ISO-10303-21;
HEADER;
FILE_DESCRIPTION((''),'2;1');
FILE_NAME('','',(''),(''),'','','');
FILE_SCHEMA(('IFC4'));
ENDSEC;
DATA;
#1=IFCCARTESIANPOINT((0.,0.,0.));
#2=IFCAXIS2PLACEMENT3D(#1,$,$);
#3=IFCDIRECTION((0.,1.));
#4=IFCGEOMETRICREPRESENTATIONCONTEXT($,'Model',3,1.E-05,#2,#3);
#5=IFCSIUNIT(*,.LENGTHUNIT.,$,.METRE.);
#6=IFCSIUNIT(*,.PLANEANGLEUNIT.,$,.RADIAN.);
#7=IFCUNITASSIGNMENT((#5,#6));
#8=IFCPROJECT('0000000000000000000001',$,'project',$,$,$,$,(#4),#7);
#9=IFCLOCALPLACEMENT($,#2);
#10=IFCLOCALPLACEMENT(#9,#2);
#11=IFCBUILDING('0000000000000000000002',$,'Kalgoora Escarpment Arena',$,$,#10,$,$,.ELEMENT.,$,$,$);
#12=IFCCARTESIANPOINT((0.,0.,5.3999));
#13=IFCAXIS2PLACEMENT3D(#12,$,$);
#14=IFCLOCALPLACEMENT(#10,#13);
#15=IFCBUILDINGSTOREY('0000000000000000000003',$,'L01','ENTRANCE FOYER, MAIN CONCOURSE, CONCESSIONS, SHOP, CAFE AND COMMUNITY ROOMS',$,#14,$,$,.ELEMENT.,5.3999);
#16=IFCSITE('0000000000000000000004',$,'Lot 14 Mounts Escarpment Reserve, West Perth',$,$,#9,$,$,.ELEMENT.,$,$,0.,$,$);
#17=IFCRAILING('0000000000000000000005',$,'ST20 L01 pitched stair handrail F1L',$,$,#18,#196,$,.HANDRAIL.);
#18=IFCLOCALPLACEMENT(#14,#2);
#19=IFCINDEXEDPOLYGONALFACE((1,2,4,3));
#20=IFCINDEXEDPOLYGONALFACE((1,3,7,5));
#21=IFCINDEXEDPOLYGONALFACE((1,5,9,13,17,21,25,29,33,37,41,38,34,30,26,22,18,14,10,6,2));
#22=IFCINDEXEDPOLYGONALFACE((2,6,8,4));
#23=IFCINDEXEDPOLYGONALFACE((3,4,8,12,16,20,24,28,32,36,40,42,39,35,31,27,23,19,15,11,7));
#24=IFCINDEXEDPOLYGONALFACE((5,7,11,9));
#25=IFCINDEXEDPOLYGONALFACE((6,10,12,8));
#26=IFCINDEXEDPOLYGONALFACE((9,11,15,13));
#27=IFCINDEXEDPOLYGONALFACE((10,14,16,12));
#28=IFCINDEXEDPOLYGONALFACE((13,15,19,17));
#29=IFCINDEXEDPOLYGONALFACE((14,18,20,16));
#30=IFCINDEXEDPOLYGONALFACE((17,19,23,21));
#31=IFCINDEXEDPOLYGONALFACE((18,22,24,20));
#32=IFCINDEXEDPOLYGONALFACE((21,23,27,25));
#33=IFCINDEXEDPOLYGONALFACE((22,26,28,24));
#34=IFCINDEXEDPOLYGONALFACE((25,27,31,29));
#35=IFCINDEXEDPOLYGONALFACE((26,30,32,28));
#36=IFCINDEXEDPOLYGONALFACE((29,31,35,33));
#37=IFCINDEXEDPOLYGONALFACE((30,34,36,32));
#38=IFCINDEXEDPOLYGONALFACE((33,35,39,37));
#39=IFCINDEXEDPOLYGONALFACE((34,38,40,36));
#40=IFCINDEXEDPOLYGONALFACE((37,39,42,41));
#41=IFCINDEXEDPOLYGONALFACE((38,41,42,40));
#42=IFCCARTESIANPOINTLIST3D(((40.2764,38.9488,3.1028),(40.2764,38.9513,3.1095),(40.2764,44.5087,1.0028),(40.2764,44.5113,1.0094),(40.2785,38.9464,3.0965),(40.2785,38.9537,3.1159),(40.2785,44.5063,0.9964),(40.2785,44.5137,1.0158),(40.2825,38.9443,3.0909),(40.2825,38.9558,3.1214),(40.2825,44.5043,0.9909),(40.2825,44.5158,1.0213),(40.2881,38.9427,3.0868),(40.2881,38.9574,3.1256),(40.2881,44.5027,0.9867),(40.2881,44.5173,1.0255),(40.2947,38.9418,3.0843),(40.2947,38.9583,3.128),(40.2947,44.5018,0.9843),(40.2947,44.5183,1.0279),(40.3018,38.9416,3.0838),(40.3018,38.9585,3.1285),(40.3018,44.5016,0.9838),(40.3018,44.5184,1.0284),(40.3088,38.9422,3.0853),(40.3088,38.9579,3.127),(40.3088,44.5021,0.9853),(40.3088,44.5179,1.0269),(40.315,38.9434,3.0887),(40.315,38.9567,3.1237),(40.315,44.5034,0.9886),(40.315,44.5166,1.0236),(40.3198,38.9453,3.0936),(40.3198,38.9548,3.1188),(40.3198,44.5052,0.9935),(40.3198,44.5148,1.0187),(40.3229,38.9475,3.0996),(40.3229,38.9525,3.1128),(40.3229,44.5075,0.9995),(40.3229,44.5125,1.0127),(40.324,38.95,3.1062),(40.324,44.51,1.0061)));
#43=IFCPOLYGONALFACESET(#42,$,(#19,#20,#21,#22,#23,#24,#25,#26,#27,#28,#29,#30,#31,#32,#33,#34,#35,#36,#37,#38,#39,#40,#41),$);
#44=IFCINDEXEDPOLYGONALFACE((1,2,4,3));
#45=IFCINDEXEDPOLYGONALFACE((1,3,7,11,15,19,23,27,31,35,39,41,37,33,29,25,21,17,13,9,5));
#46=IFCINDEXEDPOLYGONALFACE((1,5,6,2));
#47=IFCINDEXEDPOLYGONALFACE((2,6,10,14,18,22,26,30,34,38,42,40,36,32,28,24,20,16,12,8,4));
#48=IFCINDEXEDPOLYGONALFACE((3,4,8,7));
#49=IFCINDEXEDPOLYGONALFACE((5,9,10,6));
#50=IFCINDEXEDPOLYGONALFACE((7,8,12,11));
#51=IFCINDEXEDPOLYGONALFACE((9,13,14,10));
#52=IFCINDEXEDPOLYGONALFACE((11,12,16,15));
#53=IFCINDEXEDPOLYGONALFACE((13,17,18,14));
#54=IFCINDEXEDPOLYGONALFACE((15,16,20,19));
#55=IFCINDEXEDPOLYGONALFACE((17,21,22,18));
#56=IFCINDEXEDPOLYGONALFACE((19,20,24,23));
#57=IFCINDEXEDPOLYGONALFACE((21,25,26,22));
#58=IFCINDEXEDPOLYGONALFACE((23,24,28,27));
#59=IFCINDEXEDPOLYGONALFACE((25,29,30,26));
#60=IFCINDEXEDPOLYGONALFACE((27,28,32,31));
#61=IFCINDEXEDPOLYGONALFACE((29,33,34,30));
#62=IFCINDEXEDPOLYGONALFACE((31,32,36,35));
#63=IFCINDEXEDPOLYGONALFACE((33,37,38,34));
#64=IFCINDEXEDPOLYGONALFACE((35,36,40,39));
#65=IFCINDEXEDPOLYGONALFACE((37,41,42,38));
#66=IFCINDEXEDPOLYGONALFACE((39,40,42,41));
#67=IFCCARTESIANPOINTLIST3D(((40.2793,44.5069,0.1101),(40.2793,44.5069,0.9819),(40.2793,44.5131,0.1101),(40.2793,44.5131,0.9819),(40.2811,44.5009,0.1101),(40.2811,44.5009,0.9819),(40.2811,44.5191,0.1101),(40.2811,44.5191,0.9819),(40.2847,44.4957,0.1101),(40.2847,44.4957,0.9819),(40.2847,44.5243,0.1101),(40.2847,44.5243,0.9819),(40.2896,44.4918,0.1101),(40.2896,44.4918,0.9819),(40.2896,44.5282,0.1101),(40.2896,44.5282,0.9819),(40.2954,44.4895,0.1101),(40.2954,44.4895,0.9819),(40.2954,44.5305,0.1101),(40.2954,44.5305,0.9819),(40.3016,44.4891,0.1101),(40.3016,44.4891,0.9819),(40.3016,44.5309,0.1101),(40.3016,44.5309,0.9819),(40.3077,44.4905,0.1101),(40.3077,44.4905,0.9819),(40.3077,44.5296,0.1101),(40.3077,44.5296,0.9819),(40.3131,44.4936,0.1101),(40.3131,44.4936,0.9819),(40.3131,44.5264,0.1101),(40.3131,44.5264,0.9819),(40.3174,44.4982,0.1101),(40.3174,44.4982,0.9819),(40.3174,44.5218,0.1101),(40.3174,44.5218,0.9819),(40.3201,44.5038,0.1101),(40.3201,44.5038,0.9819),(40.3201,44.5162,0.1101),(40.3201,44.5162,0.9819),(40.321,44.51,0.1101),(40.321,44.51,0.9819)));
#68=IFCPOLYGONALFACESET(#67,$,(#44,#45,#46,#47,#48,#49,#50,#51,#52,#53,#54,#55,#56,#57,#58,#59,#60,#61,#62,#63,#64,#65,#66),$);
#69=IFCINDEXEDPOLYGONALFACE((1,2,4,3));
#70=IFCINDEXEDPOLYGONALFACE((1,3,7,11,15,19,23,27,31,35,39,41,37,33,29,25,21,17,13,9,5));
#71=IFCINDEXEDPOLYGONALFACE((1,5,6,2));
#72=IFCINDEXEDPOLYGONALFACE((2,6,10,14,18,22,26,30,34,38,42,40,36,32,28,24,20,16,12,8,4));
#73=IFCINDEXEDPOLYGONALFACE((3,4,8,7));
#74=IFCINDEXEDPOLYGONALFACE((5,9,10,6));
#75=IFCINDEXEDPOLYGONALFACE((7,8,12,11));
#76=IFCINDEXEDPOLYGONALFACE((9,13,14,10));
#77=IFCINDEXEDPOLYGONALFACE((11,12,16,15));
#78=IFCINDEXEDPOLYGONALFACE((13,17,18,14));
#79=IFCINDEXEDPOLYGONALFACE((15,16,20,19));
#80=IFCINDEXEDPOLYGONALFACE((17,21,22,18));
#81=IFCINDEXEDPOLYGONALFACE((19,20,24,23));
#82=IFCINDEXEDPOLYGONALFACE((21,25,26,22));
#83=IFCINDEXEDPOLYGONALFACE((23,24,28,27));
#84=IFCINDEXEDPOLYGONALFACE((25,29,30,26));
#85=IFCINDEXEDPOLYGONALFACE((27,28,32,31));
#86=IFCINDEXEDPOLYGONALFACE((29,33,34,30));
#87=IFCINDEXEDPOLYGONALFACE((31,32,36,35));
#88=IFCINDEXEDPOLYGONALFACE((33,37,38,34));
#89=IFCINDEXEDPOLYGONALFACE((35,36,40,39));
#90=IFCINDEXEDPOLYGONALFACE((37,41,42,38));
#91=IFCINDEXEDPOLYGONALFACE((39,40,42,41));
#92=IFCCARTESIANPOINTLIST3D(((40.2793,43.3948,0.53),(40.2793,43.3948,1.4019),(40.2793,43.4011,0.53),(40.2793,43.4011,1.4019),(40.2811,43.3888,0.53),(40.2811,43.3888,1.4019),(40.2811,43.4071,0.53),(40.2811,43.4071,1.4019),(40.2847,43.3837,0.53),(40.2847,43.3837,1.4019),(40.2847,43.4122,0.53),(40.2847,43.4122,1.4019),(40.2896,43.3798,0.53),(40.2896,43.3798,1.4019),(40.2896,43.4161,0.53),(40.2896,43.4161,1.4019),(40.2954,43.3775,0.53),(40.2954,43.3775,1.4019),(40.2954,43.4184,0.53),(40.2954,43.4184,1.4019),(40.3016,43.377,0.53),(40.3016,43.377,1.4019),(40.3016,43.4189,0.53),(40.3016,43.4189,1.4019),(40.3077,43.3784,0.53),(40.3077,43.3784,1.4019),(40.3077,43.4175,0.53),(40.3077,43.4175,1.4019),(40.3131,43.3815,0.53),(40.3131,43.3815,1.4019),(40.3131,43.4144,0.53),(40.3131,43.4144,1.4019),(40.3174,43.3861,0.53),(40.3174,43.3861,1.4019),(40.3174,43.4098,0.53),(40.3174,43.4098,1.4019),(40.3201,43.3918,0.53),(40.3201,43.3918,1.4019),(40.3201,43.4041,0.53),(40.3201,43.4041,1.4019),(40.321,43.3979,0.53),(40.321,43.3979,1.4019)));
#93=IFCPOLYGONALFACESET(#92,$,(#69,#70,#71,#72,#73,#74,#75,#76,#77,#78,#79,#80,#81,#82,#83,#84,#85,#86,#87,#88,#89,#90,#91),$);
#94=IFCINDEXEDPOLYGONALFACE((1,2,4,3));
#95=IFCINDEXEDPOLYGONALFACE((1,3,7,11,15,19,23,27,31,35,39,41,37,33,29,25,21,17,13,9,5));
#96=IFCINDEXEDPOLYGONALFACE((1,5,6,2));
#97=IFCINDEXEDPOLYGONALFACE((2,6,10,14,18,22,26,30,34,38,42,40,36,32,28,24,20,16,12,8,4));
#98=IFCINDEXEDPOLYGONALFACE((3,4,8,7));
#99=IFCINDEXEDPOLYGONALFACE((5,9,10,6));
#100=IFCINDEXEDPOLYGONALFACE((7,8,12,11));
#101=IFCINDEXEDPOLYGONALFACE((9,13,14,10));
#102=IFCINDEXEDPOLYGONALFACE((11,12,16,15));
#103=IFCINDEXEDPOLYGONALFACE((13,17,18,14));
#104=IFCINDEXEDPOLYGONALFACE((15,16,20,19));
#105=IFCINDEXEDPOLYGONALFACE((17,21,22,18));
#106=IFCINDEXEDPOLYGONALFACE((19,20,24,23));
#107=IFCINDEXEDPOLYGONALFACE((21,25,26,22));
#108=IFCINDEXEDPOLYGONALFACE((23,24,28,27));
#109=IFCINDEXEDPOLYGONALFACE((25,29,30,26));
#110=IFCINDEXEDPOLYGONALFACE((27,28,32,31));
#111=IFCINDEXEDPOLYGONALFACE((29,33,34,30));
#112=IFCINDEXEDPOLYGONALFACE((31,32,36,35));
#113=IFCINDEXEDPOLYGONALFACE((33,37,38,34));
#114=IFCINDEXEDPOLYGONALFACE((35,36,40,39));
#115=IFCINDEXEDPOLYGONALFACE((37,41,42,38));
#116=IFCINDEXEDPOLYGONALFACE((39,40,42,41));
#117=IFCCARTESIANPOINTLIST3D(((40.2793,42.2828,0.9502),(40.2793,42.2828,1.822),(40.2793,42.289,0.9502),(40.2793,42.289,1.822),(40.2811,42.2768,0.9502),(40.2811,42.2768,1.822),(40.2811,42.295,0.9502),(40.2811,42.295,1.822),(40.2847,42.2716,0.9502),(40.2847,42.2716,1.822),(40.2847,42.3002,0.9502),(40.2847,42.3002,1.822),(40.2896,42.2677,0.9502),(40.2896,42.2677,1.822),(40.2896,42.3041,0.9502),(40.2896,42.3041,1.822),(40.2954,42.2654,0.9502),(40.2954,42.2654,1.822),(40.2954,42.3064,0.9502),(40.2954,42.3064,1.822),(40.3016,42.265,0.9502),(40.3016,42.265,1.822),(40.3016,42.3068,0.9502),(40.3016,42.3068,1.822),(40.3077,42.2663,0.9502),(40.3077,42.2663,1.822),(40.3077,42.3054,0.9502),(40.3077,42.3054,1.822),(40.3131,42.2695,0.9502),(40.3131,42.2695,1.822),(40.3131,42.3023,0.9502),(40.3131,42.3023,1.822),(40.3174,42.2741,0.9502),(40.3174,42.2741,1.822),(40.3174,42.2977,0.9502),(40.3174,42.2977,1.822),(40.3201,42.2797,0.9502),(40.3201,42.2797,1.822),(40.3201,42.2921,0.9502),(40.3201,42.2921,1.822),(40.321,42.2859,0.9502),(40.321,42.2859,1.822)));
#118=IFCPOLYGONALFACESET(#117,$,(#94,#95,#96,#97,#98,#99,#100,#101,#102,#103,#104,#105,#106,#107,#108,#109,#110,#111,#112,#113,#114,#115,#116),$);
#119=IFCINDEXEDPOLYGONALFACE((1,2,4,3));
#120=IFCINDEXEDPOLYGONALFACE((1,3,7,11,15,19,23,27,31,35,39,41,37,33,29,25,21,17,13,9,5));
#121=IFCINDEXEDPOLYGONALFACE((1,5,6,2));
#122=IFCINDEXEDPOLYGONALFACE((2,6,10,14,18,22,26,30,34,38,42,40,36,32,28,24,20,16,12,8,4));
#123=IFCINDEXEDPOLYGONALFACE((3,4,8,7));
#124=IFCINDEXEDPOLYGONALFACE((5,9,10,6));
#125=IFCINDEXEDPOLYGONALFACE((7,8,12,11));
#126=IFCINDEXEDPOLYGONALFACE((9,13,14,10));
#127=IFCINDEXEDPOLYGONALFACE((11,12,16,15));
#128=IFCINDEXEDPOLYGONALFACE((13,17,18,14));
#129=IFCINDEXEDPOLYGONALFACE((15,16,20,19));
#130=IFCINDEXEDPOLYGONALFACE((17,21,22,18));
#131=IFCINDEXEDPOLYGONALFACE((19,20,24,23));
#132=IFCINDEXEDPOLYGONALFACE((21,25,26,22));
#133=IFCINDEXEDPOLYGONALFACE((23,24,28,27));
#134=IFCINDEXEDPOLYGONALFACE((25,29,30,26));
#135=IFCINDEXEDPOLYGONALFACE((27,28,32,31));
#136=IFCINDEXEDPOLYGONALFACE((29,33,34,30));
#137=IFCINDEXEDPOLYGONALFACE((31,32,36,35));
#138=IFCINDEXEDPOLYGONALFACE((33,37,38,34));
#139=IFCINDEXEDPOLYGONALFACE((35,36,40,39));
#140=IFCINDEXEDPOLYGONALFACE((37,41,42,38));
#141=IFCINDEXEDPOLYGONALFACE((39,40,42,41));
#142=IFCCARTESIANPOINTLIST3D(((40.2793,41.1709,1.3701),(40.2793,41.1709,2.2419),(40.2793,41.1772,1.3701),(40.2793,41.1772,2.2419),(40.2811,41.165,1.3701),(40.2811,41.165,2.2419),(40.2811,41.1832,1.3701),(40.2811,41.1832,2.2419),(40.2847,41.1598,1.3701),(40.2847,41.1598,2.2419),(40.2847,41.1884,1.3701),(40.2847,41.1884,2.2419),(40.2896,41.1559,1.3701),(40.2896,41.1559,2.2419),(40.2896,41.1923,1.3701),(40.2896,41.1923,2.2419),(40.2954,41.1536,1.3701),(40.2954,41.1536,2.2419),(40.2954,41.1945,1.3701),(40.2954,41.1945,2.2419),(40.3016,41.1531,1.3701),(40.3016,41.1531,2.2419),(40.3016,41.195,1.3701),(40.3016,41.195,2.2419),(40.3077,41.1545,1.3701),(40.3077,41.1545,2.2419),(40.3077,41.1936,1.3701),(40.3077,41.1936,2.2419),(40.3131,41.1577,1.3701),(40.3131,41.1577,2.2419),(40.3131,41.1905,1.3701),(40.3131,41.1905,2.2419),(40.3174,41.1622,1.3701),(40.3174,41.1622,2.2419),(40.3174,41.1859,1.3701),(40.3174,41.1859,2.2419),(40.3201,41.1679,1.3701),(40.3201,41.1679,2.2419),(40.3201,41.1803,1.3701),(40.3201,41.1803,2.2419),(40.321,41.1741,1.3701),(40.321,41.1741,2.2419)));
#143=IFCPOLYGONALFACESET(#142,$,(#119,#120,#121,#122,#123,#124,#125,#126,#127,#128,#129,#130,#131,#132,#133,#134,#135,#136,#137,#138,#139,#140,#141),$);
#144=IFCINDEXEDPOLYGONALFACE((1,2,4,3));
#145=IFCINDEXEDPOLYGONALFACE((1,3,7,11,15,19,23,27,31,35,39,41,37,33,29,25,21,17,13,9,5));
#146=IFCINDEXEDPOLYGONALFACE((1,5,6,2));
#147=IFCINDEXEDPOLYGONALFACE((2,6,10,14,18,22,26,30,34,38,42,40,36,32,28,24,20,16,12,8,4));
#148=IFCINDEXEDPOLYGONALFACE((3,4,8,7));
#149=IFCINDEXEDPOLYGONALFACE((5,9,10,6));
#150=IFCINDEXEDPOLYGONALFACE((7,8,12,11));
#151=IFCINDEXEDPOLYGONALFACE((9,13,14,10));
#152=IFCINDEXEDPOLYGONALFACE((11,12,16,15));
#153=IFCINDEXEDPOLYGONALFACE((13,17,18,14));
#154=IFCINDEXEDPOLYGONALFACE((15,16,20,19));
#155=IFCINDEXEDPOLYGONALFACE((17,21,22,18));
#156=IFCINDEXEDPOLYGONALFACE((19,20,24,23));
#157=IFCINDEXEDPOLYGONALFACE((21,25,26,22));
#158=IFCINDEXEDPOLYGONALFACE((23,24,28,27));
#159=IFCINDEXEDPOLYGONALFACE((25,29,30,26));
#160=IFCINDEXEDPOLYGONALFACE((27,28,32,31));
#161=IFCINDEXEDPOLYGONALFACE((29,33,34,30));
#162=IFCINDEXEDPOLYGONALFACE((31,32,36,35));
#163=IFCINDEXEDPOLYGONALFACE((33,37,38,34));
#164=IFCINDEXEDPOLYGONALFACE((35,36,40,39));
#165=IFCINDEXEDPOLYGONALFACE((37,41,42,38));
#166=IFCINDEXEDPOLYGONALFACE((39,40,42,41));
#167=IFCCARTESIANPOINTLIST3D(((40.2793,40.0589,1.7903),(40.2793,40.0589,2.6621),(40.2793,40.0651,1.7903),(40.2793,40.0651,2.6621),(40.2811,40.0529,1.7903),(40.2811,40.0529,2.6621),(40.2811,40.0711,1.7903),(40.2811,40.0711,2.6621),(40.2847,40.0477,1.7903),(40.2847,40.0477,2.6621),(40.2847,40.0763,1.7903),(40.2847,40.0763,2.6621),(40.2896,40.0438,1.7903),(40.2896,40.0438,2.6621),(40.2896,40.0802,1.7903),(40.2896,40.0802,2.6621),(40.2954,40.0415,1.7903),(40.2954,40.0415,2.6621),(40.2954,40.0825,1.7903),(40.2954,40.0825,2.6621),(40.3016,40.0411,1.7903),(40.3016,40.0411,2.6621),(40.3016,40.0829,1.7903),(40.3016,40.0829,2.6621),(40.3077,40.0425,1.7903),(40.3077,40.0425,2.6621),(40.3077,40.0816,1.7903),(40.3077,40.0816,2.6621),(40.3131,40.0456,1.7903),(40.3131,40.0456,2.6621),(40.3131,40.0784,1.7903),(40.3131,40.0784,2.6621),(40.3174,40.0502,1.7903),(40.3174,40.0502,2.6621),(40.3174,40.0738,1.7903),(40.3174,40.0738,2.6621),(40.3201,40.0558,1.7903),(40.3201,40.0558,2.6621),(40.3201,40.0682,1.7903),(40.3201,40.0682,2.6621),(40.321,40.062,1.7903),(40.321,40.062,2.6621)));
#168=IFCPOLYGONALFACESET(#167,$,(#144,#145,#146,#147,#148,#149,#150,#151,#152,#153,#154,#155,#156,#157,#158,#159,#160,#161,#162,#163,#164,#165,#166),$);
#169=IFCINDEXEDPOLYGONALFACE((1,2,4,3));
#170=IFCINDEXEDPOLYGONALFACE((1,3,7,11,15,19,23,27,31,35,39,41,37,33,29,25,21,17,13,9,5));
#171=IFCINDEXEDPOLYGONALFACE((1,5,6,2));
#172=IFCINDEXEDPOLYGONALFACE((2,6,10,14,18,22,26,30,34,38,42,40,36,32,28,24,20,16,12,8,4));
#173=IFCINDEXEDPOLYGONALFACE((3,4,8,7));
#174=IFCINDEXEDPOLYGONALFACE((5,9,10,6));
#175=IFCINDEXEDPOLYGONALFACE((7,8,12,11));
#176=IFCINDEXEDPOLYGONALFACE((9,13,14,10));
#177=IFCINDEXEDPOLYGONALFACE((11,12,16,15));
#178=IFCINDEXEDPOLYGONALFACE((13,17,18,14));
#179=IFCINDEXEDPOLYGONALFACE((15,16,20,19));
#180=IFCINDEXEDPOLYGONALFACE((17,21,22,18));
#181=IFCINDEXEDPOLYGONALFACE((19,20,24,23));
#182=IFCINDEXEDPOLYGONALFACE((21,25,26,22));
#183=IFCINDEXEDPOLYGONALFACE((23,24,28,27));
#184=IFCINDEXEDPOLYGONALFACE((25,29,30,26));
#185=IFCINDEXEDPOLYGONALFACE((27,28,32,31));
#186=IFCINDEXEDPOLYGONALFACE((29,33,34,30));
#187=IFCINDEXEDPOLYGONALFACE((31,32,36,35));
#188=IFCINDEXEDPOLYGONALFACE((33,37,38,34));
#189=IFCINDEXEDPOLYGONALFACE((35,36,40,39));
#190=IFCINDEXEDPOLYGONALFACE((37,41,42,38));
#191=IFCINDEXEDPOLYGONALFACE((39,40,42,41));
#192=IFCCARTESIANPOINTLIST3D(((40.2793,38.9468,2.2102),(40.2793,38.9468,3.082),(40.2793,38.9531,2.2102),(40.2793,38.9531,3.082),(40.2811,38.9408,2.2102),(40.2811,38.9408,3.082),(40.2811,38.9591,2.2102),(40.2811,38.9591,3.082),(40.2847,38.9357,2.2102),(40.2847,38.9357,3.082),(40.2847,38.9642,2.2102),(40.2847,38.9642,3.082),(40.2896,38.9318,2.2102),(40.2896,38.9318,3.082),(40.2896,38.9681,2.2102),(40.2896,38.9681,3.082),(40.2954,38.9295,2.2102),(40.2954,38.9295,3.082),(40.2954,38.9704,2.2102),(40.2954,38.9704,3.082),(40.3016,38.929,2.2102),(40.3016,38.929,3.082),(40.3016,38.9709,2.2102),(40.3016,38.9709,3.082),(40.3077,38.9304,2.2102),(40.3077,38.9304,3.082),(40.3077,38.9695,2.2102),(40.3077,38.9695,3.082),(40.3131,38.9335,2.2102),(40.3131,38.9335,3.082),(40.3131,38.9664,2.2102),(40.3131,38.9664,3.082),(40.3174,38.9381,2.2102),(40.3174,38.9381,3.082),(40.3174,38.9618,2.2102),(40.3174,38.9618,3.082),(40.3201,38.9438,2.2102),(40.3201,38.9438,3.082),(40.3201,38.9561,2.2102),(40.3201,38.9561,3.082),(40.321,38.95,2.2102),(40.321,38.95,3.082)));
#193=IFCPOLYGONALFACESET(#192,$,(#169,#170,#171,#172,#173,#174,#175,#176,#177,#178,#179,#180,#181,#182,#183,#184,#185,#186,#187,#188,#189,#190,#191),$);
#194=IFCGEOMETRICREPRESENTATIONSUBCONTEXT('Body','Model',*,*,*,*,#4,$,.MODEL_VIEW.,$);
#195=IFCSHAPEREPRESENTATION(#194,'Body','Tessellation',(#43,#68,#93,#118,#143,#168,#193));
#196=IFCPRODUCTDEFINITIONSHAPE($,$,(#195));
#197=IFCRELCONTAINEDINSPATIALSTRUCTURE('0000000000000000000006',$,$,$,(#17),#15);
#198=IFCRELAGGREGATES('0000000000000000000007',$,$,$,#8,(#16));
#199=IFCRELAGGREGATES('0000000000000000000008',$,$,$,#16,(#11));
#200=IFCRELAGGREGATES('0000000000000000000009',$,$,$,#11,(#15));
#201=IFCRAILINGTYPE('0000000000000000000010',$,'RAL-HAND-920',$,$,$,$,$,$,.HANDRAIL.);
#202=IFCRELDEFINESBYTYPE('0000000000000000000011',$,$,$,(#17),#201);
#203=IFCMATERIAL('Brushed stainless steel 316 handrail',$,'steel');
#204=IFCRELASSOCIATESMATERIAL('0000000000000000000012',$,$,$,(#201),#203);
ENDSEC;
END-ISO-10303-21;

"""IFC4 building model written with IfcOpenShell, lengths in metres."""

from ifc_helpers import new_model, si_unit, direction, frame, origin, origin_2d, place, context, subcontext, project, spatial, circle, extrude, material, type_object, element, save


model = new_model("IFC4")

# Units and contexts
model_context = context("Model", 3, precision=1e-05, world=origin(), true_north=direction((0.0, 1.0)))
body_context = subcontext(model_context, "Body", "Model", "MODEL_VIEW")
ifc_project = project(units=[si_unit("LENGTHUNIT", "METRE"), si_unit("PLANEANGLEUNIT", "RADIAN")], contexts=[model_context])

# Site, building, storey
site_placement = place(None, origin())
site = spatial("IfcSite", under=ifc_project, at=site_placement, Name="Lot 14 Mounts Escarpment Reserve, West Perth", CompositionType="ELEMENT", RefElevation=0.0)
building_placement = place(site_placement, origin())
building = spatial("IfcBuilding", under=site, at=building_placement, Name="Kalgoora Escarpment Arena", CompositionType="ELEMENT")
storey_placement = place(building_placement, frame((0.0, 0.0, 5.3999)))
storey = spatial("IfcBuildingStorey", under=building, at=storey_placement, Name="L01", Description="ENTRANCE FOYER, MAIN CONCOURSE, CONCESSIONS, SHOP, CAFE AND COMMUNITY ROOMS", CompositionType="ELEMENT", Elevation=5.3999)

# Railing
ifc_material_1 = material(Name="Brushed stainless steel 316 handrail", Category="steel")
railing_type_1 = type_object("IfcRailingType", Name="RAL-HAND-920", PredefinedType="HANDRAIL", material=ifc_material_1)
for number, where, name in (
    (1, (40.3, 44.51, 0.1101), "ST20 L01 pitched stair handrail F1L"),
):
    element("IfcRailing", number, at=place(storey_placement, frame(where)), inside=storey, type_object=railing_type_1, Name=name, PredefinedType="HANDRAIL", context=body_context, shape_type="SweptSolid", body=[
        extrude(circle(Radius=0.0239, at=origin_2d()), frame((0.0, 0.0, 0.896), z_axis=(0.0, -0.935493, 0.353346), x_axis=(1.0, 0.0, 0.0)), (0.0, 0.0, 1.0), 5.9434),
        extrude(circle(Radius=0.021, at=origin_2d()), origin(), (0.0, 0.0, 1.0), 0.8718),
        extrude(circle(Radius=0.021, at=origin_2d()), frame((0.0, -1.1121, 0.4199)), (0.0, 0.0, 1.0), 0.8718),
        extrude(circle(Radius=0.021, at=origin_2d()), frame((0.0, -2.2241, 0.8401)), (0.0, 0.0, 1.0), 0.8718),
        extrude(circle(Radius=0.021, at=origin_2d()), frame((0.0, -3.3359, 1.26)), (0.0, 0.0, 1.0), 0.8718),
        extrude(circle(Radius=0.021, at=origin_2d()), frame((0.0, -4.448, 1.6802)), (0.0, 0.0, 1.0), 0.8718),
        extrude(circle(Radius=0.021, at=origin_2d()), frame((0.0, -5.5601, 2.1001)), (0.0, 0.0, 1.0), 0.8718),
    ])

save(model, "model.ifc")
